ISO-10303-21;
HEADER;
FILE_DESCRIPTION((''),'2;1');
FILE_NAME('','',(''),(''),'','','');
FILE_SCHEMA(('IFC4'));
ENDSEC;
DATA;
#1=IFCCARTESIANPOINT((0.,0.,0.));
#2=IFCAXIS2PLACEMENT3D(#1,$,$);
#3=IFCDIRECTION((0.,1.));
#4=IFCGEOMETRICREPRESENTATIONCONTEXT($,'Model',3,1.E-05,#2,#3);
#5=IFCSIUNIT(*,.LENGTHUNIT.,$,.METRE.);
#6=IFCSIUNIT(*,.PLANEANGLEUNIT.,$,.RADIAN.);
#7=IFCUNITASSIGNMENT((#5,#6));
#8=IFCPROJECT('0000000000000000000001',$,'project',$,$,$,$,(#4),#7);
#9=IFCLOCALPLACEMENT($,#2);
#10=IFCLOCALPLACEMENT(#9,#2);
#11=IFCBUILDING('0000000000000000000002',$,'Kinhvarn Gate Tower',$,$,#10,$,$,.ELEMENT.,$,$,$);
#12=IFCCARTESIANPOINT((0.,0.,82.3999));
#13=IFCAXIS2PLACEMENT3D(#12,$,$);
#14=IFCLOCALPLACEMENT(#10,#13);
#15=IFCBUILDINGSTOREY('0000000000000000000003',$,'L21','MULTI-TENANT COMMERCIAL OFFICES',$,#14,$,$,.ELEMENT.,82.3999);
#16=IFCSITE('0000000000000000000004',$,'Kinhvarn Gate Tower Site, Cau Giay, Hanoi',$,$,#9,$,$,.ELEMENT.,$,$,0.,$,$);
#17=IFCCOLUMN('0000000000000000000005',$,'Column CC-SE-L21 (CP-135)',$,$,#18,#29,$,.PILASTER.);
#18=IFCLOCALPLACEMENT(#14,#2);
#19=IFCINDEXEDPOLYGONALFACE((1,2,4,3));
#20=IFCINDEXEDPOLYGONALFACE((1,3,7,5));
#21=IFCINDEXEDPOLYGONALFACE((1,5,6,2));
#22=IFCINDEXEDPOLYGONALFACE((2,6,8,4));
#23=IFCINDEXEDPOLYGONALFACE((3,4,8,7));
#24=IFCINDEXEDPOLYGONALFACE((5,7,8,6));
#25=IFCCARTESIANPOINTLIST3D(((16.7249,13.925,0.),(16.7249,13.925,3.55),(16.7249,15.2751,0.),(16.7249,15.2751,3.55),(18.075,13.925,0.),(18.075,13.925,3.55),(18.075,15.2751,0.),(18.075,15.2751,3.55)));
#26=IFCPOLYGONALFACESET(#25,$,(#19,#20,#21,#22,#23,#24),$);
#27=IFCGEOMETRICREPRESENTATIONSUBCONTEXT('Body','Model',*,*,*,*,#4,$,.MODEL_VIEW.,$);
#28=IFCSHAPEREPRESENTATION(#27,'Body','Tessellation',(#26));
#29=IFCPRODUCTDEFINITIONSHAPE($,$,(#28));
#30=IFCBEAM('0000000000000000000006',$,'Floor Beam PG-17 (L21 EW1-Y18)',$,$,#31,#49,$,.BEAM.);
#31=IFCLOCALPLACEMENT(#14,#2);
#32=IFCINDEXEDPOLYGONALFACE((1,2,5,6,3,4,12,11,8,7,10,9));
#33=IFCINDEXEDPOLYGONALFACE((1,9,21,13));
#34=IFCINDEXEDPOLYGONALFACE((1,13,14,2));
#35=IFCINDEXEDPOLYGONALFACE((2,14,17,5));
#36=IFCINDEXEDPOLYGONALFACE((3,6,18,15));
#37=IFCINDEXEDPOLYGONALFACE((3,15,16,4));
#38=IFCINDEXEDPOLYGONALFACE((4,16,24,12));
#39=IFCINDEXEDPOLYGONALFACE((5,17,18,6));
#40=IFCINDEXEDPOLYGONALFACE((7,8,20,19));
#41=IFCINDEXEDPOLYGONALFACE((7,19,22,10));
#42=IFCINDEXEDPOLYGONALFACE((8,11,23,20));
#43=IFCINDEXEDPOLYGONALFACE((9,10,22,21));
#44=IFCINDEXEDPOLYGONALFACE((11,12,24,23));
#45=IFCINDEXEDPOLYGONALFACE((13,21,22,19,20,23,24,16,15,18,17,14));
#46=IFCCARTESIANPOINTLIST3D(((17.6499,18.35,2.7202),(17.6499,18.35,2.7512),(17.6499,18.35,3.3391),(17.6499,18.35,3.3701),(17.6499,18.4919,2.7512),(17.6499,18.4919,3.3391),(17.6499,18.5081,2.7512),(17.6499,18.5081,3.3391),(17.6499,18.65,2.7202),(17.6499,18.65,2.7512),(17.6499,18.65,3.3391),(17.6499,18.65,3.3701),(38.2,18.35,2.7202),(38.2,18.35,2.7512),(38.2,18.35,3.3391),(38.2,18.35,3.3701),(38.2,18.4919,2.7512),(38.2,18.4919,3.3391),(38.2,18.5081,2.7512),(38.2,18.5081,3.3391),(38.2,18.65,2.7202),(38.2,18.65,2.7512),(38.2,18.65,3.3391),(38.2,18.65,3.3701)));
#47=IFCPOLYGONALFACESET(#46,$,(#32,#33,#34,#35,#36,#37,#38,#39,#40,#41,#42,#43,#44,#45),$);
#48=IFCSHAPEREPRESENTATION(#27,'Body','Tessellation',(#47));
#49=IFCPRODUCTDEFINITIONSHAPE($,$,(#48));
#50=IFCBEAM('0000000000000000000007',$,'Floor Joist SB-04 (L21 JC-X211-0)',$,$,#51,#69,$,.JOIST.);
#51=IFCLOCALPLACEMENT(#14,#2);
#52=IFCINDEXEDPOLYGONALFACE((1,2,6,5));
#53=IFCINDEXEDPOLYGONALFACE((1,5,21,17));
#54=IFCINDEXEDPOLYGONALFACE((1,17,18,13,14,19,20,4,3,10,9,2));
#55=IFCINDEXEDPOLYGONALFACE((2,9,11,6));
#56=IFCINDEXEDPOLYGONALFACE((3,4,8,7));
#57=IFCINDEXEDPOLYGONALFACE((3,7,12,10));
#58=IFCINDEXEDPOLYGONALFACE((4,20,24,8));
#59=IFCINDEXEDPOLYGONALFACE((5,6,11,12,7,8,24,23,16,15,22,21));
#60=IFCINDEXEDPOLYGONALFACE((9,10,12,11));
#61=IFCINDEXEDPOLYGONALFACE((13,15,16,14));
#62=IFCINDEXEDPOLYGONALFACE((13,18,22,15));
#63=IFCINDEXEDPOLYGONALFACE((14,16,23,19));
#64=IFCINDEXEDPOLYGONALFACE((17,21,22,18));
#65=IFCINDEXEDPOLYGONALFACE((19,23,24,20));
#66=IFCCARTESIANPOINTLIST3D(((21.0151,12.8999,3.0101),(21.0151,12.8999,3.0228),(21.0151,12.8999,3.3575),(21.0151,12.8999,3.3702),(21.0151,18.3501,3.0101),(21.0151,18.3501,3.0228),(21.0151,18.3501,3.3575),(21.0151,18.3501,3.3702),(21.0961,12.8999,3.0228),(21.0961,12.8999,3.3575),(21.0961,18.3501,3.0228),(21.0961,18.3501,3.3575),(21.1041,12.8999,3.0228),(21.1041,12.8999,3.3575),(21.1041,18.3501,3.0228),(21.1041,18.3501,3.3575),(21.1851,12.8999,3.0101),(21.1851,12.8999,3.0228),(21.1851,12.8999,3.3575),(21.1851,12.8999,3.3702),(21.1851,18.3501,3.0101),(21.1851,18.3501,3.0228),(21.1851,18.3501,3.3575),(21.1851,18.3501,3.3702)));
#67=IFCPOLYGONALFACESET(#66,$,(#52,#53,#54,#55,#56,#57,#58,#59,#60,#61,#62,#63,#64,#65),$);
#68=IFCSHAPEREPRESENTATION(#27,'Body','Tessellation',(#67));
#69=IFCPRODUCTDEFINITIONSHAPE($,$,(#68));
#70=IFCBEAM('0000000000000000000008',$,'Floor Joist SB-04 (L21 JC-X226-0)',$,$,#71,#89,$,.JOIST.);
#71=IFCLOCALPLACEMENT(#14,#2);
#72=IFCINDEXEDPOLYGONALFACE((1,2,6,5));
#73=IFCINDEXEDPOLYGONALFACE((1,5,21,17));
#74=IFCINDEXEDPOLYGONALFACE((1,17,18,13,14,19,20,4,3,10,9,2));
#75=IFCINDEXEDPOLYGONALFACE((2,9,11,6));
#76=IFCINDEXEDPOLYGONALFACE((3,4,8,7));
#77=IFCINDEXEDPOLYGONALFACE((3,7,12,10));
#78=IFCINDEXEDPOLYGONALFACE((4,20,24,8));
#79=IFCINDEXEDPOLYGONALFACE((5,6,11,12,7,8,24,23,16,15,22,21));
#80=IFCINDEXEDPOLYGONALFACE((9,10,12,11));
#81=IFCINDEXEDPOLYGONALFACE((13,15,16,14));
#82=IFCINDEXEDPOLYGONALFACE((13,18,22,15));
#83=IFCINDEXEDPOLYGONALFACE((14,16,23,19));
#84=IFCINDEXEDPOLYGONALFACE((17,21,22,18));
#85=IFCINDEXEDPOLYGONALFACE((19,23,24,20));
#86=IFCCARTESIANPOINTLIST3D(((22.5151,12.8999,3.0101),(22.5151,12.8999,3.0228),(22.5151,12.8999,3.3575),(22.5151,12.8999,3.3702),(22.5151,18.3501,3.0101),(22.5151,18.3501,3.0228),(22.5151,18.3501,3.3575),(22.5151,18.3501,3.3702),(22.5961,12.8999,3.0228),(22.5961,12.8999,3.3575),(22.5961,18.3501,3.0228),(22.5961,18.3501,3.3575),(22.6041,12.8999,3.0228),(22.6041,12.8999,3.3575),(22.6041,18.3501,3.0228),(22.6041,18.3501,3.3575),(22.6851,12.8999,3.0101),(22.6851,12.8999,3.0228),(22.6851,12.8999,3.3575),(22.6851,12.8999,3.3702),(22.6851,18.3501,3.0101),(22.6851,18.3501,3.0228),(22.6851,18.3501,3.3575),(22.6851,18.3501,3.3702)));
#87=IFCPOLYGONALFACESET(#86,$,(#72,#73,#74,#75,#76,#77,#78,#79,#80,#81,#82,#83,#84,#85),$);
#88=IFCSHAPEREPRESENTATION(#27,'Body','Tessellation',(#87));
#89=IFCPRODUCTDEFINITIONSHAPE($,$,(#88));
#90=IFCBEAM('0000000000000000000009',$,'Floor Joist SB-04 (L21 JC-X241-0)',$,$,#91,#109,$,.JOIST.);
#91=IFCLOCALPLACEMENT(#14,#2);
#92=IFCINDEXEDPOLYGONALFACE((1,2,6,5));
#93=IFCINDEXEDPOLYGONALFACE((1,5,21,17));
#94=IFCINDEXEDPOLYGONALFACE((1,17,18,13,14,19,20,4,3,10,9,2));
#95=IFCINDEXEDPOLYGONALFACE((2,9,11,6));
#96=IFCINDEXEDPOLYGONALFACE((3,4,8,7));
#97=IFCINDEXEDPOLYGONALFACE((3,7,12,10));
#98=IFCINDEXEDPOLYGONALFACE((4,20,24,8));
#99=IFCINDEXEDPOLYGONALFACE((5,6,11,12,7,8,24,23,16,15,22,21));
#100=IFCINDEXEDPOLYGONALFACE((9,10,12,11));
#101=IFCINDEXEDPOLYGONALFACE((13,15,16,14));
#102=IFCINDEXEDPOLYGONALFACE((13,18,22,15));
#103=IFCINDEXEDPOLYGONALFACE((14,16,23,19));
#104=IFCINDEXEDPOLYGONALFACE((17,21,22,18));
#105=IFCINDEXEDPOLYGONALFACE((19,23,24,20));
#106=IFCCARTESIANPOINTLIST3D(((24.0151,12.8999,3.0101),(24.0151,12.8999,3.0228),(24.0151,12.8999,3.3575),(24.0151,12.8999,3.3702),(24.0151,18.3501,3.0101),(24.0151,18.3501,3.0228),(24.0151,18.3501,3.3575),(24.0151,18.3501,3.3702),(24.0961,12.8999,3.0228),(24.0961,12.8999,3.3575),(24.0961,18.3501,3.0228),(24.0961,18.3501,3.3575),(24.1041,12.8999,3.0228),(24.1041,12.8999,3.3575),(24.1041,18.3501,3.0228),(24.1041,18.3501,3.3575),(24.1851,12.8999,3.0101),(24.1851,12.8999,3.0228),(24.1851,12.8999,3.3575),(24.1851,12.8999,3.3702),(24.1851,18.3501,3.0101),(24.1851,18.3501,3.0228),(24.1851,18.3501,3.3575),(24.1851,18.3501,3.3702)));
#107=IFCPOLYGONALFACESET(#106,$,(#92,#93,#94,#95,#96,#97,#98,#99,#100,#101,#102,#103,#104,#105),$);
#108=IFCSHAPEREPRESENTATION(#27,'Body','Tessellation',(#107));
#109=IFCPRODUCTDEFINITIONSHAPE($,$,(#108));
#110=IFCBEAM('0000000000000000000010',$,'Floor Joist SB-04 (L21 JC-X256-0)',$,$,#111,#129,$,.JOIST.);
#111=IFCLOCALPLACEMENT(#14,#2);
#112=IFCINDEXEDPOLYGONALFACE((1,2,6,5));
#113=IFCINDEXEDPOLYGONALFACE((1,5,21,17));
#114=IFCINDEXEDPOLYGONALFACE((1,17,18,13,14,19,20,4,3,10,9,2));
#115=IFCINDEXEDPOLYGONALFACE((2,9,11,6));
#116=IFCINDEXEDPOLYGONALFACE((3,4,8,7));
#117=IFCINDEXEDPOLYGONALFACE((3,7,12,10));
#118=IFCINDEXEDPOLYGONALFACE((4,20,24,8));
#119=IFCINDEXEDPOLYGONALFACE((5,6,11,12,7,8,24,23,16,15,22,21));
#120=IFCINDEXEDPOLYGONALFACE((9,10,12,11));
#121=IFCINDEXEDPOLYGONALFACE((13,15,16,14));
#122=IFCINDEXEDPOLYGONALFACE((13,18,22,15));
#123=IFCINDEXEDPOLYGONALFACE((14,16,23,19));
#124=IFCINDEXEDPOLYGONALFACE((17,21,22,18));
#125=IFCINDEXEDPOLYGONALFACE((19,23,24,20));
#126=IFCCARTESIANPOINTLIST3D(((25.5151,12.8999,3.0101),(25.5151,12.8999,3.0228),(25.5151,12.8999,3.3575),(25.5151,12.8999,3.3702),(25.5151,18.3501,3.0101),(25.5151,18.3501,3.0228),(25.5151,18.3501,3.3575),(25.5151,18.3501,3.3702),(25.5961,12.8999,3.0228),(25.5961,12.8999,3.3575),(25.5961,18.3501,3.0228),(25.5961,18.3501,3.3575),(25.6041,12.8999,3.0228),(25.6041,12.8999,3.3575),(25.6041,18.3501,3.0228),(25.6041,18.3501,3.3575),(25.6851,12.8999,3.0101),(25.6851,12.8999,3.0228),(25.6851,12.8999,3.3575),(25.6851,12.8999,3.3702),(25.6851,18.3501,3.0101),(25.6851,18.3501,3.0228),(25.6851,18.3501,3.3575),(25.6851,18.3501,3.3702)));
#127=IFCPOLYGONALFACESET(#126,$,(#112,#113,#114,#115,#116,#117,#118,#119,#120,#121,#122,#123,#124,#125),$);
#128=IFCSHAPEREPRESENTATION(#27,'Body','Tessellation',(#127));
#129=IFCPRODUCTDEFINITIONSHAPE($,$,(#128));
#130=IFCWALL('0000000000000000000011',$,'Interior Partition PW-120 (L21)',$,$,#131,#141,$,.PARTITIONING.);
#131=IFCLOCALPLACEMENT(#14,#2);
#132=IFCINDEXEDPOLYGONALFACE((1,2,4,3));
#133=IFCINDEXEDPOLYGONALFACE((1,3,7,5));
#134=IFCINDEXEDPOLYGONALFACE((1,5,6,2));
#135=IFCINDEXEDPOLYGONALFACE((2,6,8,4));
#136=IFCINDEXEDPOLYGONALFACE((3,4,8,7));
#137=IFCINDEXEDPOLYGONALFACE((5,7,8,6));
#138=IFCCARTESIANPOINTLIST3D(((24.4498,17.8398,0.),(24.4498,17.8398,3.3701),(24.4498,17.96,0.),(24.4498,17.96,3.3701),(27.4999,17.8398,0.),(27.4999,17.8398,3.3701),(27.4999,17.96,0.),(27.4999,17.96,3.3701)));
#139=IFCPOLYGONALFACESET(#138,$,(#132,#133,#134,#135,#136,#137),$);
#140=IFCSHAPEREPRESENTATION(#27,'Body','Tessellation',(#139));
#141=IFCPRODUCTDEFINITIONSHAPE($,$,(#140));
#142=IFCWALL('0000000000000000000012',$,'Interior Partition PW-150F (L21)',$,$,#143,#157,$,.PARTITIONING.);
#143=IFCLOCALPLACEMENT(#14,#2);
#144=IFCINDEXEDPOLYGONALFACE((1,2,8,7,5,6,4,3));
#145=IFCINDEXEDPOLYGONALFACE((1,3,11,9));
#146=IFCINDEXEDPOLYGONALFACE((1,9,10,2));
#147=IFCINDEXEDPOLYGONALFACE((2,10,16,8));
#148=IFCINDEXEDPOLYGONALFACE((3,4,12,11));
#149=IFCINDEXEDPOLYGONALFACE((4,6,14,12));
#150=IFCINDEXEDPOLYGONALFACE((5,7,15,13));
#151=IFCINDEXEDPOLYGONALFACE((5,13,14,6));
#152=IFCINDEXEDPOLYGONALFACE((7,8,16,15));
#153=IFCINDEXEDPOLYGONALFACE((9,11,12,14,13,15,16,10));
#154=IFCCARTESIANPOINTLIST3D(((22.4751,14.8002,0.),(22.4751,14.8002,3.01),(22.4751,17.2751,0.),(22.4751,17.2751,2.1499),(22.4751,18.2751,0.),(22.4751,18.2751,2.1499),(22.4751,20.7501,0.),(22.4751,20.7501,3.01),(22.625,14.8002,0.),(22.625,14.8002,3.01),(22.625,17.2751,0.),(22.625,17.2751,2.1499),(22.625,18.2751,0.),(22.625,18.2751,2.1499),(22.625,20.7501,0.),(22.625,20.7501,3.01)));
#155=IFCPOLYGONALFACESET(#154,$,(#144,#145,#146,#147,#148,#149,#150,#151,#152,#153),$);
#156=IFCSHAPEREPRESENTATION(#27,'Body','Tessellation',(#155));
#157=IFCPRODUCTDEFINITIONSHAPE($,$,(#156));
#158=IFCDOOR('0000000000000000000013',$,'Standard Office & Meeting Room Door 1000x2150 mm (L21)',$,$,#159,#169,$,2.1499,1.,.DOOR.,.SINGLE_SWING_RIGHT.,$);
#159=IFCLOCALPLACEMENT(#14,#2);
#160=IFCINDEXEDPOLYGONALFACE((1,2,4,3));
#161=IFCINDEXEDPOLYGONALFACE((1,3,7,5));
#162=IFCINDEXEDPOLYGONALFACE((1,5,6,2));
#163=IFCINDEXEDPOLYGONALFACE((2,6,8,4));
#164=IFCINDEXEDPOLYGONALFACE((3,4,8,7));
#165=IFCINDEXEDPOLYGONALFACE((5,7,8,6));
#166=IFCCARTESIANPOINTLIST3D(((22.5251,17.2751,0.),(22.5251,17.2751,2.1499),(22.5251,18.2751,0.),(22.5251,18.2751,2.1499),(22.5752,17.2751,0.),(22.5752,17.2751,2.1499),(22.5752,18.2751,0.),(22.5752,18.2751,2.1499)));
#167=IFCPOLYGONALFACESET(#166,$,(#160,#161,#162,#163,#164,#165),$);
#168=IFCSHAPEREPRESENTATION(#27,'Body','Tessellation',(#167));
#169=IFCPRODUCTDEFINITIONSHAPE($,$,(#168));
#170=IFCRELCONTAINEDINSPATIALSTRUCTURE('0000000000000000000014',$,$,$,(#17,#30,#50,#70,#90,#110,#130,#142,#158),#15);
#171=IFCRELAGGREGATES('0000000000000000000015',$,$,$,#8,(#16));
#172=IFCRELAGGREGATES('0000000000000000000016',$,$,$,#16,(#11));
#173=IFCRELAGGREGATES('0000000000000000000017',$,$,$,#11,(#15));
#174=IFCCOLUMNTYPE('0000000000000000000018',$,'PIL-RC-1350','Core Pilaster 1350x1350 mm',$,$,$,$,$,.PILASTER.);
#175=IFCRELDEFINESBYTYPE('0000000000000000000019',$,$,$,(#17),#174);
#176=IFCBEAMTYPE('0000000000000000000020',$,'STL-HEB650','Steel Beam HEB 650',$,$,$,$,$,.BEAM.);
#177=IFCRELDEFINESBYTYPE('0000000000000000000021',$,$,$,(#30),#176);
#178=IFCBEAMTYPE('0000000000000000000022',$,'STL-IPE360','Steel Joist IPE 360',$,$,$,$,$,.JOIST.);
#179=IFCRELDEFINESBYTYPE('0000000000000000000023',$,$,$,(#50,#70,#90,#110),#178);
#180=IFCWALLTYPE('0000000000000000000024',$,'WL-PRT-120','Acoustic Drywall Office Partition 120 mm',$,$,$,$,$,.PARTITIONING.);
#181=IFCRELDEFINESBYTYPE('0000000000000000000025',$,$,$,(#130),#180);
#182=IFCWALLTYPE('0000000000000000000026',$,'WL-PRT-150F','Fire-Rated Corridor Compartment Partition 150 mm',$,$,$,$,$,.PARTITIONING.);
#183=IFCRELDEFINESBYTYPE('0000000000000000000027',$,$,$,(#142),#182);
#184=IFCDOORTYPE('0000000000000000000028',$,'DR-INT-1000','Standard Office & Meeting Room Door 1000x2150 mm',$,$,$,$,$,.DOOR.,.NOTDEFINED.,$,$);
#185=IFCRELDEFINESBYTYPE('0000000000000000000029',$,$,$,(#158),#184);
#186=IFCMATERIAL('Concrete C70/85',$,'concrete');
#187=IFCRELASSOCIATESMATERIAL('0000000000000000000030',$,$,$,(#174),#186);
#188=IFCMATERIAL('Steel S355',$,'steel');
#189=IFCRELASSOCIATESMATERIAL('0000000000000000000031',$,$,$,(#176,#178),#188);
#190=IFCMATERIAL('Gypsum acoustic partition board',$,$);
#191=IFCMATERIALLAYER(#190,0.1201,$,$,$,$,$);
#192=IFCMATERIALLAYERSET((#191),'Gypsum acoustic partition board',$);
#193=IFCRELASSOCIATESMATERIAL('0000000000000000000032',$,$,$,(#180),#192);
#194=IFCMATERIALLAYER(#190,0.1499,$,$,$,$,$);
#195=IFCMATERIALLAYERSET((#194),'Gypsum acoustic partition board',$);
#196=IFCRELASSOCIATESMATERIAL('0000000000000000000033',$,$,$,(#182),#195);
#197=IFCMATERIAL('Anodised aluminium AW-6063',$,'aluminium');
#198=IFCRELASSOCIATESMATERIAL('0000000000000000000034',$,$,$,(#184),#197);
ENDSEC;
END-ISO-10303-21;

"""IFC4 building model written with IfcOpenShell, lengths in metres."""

from ifc_helpers import new_model, si_unit, direction, frame, frame_2d, origin, origin_2d, place, context, subcontext, project, spatial, rectangle, i_section, extrude, material, layer, layer_set, material_profile, profile_set, type_object, element, fill, save


model = new_model("IFC4")

# Units and contexts
model_context = context("Model", 3, precision=1e-05, world=origin(), true_north=direction((0.0, 1.0)))
body_context = subcontext(model_context, "Body", "Model", "MODEL_VIEW")
ifc_project = project(units=[si_unit("LENGTHUNIT", "METRE"), si_unit("PLANEANGLEUNIT", "RADIAN")], contexts=[model_context])

# Site, building, storey
site_placement = place(None, origin())
site = spatial("IfcSite", under=ifc_project, at=site_placement, Name="Kinhvarn Gate Tower Site, Cau Giay, Hanoi", CompositionType="ELEMENT", RefElevation=0.0)
building_placement = place(site_placement, origin())
building = spatial("IfcBuilding", under=site, at=building_placement, Name="Kinhvarn Gate Tower", CompositionType="ELEMENT")
storey_placement = place(building_placement, frame((0.0, 0.0, 82.3999)))
storey = spatial("IfcBuildingStorey", under=building, at=storey_placement, Name="L21", Description="MULTI-TENANT COMMERCIAL OFFICES", CompositionType="ELEMENT", Elevation=82.3999)

# Column
ifc_material_1 = material(Name="Concrete C70/85", Category="concrete")
ifc_material_profile_1 = material_profile(ifc_material_1, rectangle(XDim=1.3501, YDim=1.3501, at=origin_2d()), Name="RC 1350x1350")
ifc_profile_set_1 = profile_set([ifc_material_profile_1], Name="Concrete C70/85")
column_type = type_object("IfcColumnType", Name="PIL-RC-1350", Description="Core Pilaster 1350x1350 mm", PredefinedType="PILASTER", material=ifc_profile_set_1)
column_placement = place(storey_placement, frame((17.3999, 14.6001, 0.0), z_axis=(0.0, 0.0, 1.0), x_axis=(1.0, 0.0, 0.0)))
element("IfcColumn", 1, at=column_placement, inside=storey, type_object=column_type, Name="Column CC-SE-L21 (CP-135)", PredefinedType="PILASTER", context=body_context, shape_type="SweptSolid", body=[
    extrude(rectangle(XDim=1.3501, YDim=1.3501, at=origin_2d()), origin(), (0.0, 0.0, 1.0), 3.55),
])

# Beams
ifc_material_2 = material(Name="Steel S355", Category="steel")
ifc_material_profile_2 = material_profile(ifc_material_2, i_section(OverallWidth=0.3, OverallDepth=0.6499, WebThickness=0.0161, FlangeThickness=0.031, at=origin_2d()), Name="HEB 650")
ifc_profile_set_2 = profile_set([ifc_material_profile_2], Name="Steel S355")
beam_type_1 = type_object("IfcBeamType", Name="STL-HEB650", Description="Steel Beam HEB 650", PredefinedType="BEAM", material=ifc_profile_set_2)
beam_placement = place(storey_placement, frame((17.6499, 18.5, 3.0452), z_axis=(1.0, 0.0, 0.0), x_axis=(0.0, 1.0, 0.0)))
element("IfcBeam", 2, at=beam_placement, inside=storey, type_object=beam_type_1, Name="Floor Beam PG-17 (L21 EW1-Y18)", PredefinedType="BEAM", context=body_context, shape_type="SweptSolid", body=[
    extrude(i_section(OverallWidth=0.3, OverallDepth=0.6499, WebThickness=0.0161, FlangeThickness=0.031, at=origin_2d()), origin(), (0.0, 0.0, 1.0), 20.55),
])
ifc_material_profile_3 = material_profile(ifc_material_2, i_section(OverallWidth=0.1699, OverallDepth=0.3601, WebThickness=0.0081, FlangeThickness=0.0127, at=origin_2d()), Name="IPE 360")
ifc_profile_set_3 = profile_set([ifc_material_profile_3], Name="Steel S355")
beam_type_2 = type_object("IfcBeamType", Name="STL-IPE360", Description="Steel Joist IPE 360", PredefinedType="JOIST", material=ifc_profile_set_3)
for number, where, z_axis, x_axis, name in (
    (3, (21.1001, 12.8999, 3.1902), (0.0, 1.0, 0.0), (-1.0, 0.0, 0.0), "Floor Joist SB-04 (L21 JC-X211-0)"),
    (4, (22.6001, 12.8999, 3.1902), (0.0, 1.0, 0.0), (-1.0, 0.0, 0.0), "Floor Joist SB-04 (L21 JC-X226-0)"),
    (5, (24.1001, 12.8999, 3.1902), (0.0, 1.0, 0.0), (-1.0, 0.0, 0.0), "Floor Joist SB-04 (L21 JC-X241-0)"),
    (6, (25.6001, 12.8999, 3.1902), (0.0, 1.0, 0.0), (-1.0, 0.0, 0.0), "Floor Joist SB-04 (L21 JC-X256-0)"),
):
    element("IfcBeam", number, at=place(storey_placement, frame(where, z_axis=z_axis, x_axis=x_axis)), inside=storey, type_object=beam_type_2, Name=name, PredefinedType="JOIST", context=body_context, shape_type="SweptSolid", body=[
        extrude(i_section(OverallWidth=0.1699, OverallDepth=0.3601, WebThickness=0.0081, FlangeThickness=0.0127, at=origin_2d()), origin(), (0.0, 0.0, 1.0), 5.4502),
    ])

# Shared definitions
ifc_material_3 = material(Name="Anodised aluminium AW-6063", Category="aluminium")

# Wall
ifc_material_4 = material(Name="Gypsum acoustic partition board")
ifc_layer_1 = layer(ifc_material_4, 0.1201)
ifc_layer_set_1 = layer_set([ifc_layer_1], Name="Gypsum acoustic partition board")
wall_type_1 = type_object("IfcWallType", Name="WL-PRT-120", Description="Acoustic Drywall Office Partition 120 mm", PredefinedType="PARTITIONING", material=ifc_layer_set_1)
wall_1_placement = place(storey_placement, frame((24.45, 17.8999, 0.0), z_axis=(0.0, 0.0, 1.0), x_axis=(1.0, 0.0, 0.0)))
element("IfcWall", 7, at=wall_1_placement, inside=storey, type_object=wall_type_1, Name="Interior Partition PW-120 (L21)", PredefinedType="PARTITIONING", context=body_context, shape_type="SweptSolid", body=[
    extrude(rectangle(XDim=3.05, YDim=0.1201, at=frame_2d((1.5249, 0.0))), origin(), (0.0, 0.0, 1.0), 3.3701),
])

# Wall, opening, door
ifc_layer_2 = layer(ifc_material_4, 0.1499)
ifc_layer_set_2 = layer_set([ifc_layer_2], Name="Gypsum acoustic partition board")
wall_type_2 = type_object("IfcWallType", Name="WL-PRT-150F", Description="Fire-Rated Corridor Compartment Partition 150 mm", PredefinedType="PARTITIONING", material=ifc_layer_set_2)
wall_2_placement = place(storey_placement, frame((22.55, 14.8, 0.0), z_axis=(0.0, 0.0, 1.0), x_axis=(0.0, 1.0, 0.0)))
wall_2 = element("IfcWall", 8, at=wall_2_placement, inside=storey, type_object=wall_type_2, Name="Interior Partition PW-150F (L21)", PredefinedType="PARTITIONING", context=body_context, shape_type="SweptSolid", body=[
    extrude(rectangle(XDim=5.95, YDim=0.1499, at=frame_2d((2.9751, 0.0))), origin(), (0.0, 0.0, 1.0), 3.01),
])
opening_1_placement = place(wall_2_placement, frame((2.4751, 0.0, 0.0)))
opening_1 = element("IfcOpeningElement", 9, at=opening_1_placement, cuts=wall_2, PredefinedType="OPENING", context=body_context, shape_type="SweptSolid", body=[
    extrude(rectangle(XDim=1.0, YDim=2.1499, at=frame_2d((0.5, 1.075))), frame((0.0, 0.085, 0.0), z_axis=(0.0, -1.0, 0.0), x_axis=(1.0, 0.0, 0.0)), (0.0, 0.0, 1.0), 0.1699),
])
door_type_1 = type_object("IfcDoorType", Name="DR-INT-1000", Description="Standard Office & Meeting Room Door 1000x2150 mm", OperationType="NOTDEFINED", PredefinedType="DOOR", material=ifc_material_3)
door_1_placement = place(opening_1_placement, origin())
door_1 = element("IfcDoor", 10, at=door_1_placement, inside=storey, type_object=door_type_1, Name="Standard Office & Meeting Room Door 1000x2150 mm (L21)", OperationType="SINGLE_SWING_RIGHT", OverallHeight=2.1499, OverallWidth=1.0, PredefinedType="DOOR", context=body_context, shape_type="SweptSolid", body=[
    extrude(rectangle(XDim=1.0, YDim=2.1499, at=frame_2d((0.5, 1.075))), frame((0.0, 0.0249, 0.0), z_axis=(0.0, -1.0, 0.0), x_axis=(1.0, 0.0, 0.0)), (0.0, 0.0, 1.0), 0.05),
])
fill(opening_1, door_1)

save(model, "model.ifc")
